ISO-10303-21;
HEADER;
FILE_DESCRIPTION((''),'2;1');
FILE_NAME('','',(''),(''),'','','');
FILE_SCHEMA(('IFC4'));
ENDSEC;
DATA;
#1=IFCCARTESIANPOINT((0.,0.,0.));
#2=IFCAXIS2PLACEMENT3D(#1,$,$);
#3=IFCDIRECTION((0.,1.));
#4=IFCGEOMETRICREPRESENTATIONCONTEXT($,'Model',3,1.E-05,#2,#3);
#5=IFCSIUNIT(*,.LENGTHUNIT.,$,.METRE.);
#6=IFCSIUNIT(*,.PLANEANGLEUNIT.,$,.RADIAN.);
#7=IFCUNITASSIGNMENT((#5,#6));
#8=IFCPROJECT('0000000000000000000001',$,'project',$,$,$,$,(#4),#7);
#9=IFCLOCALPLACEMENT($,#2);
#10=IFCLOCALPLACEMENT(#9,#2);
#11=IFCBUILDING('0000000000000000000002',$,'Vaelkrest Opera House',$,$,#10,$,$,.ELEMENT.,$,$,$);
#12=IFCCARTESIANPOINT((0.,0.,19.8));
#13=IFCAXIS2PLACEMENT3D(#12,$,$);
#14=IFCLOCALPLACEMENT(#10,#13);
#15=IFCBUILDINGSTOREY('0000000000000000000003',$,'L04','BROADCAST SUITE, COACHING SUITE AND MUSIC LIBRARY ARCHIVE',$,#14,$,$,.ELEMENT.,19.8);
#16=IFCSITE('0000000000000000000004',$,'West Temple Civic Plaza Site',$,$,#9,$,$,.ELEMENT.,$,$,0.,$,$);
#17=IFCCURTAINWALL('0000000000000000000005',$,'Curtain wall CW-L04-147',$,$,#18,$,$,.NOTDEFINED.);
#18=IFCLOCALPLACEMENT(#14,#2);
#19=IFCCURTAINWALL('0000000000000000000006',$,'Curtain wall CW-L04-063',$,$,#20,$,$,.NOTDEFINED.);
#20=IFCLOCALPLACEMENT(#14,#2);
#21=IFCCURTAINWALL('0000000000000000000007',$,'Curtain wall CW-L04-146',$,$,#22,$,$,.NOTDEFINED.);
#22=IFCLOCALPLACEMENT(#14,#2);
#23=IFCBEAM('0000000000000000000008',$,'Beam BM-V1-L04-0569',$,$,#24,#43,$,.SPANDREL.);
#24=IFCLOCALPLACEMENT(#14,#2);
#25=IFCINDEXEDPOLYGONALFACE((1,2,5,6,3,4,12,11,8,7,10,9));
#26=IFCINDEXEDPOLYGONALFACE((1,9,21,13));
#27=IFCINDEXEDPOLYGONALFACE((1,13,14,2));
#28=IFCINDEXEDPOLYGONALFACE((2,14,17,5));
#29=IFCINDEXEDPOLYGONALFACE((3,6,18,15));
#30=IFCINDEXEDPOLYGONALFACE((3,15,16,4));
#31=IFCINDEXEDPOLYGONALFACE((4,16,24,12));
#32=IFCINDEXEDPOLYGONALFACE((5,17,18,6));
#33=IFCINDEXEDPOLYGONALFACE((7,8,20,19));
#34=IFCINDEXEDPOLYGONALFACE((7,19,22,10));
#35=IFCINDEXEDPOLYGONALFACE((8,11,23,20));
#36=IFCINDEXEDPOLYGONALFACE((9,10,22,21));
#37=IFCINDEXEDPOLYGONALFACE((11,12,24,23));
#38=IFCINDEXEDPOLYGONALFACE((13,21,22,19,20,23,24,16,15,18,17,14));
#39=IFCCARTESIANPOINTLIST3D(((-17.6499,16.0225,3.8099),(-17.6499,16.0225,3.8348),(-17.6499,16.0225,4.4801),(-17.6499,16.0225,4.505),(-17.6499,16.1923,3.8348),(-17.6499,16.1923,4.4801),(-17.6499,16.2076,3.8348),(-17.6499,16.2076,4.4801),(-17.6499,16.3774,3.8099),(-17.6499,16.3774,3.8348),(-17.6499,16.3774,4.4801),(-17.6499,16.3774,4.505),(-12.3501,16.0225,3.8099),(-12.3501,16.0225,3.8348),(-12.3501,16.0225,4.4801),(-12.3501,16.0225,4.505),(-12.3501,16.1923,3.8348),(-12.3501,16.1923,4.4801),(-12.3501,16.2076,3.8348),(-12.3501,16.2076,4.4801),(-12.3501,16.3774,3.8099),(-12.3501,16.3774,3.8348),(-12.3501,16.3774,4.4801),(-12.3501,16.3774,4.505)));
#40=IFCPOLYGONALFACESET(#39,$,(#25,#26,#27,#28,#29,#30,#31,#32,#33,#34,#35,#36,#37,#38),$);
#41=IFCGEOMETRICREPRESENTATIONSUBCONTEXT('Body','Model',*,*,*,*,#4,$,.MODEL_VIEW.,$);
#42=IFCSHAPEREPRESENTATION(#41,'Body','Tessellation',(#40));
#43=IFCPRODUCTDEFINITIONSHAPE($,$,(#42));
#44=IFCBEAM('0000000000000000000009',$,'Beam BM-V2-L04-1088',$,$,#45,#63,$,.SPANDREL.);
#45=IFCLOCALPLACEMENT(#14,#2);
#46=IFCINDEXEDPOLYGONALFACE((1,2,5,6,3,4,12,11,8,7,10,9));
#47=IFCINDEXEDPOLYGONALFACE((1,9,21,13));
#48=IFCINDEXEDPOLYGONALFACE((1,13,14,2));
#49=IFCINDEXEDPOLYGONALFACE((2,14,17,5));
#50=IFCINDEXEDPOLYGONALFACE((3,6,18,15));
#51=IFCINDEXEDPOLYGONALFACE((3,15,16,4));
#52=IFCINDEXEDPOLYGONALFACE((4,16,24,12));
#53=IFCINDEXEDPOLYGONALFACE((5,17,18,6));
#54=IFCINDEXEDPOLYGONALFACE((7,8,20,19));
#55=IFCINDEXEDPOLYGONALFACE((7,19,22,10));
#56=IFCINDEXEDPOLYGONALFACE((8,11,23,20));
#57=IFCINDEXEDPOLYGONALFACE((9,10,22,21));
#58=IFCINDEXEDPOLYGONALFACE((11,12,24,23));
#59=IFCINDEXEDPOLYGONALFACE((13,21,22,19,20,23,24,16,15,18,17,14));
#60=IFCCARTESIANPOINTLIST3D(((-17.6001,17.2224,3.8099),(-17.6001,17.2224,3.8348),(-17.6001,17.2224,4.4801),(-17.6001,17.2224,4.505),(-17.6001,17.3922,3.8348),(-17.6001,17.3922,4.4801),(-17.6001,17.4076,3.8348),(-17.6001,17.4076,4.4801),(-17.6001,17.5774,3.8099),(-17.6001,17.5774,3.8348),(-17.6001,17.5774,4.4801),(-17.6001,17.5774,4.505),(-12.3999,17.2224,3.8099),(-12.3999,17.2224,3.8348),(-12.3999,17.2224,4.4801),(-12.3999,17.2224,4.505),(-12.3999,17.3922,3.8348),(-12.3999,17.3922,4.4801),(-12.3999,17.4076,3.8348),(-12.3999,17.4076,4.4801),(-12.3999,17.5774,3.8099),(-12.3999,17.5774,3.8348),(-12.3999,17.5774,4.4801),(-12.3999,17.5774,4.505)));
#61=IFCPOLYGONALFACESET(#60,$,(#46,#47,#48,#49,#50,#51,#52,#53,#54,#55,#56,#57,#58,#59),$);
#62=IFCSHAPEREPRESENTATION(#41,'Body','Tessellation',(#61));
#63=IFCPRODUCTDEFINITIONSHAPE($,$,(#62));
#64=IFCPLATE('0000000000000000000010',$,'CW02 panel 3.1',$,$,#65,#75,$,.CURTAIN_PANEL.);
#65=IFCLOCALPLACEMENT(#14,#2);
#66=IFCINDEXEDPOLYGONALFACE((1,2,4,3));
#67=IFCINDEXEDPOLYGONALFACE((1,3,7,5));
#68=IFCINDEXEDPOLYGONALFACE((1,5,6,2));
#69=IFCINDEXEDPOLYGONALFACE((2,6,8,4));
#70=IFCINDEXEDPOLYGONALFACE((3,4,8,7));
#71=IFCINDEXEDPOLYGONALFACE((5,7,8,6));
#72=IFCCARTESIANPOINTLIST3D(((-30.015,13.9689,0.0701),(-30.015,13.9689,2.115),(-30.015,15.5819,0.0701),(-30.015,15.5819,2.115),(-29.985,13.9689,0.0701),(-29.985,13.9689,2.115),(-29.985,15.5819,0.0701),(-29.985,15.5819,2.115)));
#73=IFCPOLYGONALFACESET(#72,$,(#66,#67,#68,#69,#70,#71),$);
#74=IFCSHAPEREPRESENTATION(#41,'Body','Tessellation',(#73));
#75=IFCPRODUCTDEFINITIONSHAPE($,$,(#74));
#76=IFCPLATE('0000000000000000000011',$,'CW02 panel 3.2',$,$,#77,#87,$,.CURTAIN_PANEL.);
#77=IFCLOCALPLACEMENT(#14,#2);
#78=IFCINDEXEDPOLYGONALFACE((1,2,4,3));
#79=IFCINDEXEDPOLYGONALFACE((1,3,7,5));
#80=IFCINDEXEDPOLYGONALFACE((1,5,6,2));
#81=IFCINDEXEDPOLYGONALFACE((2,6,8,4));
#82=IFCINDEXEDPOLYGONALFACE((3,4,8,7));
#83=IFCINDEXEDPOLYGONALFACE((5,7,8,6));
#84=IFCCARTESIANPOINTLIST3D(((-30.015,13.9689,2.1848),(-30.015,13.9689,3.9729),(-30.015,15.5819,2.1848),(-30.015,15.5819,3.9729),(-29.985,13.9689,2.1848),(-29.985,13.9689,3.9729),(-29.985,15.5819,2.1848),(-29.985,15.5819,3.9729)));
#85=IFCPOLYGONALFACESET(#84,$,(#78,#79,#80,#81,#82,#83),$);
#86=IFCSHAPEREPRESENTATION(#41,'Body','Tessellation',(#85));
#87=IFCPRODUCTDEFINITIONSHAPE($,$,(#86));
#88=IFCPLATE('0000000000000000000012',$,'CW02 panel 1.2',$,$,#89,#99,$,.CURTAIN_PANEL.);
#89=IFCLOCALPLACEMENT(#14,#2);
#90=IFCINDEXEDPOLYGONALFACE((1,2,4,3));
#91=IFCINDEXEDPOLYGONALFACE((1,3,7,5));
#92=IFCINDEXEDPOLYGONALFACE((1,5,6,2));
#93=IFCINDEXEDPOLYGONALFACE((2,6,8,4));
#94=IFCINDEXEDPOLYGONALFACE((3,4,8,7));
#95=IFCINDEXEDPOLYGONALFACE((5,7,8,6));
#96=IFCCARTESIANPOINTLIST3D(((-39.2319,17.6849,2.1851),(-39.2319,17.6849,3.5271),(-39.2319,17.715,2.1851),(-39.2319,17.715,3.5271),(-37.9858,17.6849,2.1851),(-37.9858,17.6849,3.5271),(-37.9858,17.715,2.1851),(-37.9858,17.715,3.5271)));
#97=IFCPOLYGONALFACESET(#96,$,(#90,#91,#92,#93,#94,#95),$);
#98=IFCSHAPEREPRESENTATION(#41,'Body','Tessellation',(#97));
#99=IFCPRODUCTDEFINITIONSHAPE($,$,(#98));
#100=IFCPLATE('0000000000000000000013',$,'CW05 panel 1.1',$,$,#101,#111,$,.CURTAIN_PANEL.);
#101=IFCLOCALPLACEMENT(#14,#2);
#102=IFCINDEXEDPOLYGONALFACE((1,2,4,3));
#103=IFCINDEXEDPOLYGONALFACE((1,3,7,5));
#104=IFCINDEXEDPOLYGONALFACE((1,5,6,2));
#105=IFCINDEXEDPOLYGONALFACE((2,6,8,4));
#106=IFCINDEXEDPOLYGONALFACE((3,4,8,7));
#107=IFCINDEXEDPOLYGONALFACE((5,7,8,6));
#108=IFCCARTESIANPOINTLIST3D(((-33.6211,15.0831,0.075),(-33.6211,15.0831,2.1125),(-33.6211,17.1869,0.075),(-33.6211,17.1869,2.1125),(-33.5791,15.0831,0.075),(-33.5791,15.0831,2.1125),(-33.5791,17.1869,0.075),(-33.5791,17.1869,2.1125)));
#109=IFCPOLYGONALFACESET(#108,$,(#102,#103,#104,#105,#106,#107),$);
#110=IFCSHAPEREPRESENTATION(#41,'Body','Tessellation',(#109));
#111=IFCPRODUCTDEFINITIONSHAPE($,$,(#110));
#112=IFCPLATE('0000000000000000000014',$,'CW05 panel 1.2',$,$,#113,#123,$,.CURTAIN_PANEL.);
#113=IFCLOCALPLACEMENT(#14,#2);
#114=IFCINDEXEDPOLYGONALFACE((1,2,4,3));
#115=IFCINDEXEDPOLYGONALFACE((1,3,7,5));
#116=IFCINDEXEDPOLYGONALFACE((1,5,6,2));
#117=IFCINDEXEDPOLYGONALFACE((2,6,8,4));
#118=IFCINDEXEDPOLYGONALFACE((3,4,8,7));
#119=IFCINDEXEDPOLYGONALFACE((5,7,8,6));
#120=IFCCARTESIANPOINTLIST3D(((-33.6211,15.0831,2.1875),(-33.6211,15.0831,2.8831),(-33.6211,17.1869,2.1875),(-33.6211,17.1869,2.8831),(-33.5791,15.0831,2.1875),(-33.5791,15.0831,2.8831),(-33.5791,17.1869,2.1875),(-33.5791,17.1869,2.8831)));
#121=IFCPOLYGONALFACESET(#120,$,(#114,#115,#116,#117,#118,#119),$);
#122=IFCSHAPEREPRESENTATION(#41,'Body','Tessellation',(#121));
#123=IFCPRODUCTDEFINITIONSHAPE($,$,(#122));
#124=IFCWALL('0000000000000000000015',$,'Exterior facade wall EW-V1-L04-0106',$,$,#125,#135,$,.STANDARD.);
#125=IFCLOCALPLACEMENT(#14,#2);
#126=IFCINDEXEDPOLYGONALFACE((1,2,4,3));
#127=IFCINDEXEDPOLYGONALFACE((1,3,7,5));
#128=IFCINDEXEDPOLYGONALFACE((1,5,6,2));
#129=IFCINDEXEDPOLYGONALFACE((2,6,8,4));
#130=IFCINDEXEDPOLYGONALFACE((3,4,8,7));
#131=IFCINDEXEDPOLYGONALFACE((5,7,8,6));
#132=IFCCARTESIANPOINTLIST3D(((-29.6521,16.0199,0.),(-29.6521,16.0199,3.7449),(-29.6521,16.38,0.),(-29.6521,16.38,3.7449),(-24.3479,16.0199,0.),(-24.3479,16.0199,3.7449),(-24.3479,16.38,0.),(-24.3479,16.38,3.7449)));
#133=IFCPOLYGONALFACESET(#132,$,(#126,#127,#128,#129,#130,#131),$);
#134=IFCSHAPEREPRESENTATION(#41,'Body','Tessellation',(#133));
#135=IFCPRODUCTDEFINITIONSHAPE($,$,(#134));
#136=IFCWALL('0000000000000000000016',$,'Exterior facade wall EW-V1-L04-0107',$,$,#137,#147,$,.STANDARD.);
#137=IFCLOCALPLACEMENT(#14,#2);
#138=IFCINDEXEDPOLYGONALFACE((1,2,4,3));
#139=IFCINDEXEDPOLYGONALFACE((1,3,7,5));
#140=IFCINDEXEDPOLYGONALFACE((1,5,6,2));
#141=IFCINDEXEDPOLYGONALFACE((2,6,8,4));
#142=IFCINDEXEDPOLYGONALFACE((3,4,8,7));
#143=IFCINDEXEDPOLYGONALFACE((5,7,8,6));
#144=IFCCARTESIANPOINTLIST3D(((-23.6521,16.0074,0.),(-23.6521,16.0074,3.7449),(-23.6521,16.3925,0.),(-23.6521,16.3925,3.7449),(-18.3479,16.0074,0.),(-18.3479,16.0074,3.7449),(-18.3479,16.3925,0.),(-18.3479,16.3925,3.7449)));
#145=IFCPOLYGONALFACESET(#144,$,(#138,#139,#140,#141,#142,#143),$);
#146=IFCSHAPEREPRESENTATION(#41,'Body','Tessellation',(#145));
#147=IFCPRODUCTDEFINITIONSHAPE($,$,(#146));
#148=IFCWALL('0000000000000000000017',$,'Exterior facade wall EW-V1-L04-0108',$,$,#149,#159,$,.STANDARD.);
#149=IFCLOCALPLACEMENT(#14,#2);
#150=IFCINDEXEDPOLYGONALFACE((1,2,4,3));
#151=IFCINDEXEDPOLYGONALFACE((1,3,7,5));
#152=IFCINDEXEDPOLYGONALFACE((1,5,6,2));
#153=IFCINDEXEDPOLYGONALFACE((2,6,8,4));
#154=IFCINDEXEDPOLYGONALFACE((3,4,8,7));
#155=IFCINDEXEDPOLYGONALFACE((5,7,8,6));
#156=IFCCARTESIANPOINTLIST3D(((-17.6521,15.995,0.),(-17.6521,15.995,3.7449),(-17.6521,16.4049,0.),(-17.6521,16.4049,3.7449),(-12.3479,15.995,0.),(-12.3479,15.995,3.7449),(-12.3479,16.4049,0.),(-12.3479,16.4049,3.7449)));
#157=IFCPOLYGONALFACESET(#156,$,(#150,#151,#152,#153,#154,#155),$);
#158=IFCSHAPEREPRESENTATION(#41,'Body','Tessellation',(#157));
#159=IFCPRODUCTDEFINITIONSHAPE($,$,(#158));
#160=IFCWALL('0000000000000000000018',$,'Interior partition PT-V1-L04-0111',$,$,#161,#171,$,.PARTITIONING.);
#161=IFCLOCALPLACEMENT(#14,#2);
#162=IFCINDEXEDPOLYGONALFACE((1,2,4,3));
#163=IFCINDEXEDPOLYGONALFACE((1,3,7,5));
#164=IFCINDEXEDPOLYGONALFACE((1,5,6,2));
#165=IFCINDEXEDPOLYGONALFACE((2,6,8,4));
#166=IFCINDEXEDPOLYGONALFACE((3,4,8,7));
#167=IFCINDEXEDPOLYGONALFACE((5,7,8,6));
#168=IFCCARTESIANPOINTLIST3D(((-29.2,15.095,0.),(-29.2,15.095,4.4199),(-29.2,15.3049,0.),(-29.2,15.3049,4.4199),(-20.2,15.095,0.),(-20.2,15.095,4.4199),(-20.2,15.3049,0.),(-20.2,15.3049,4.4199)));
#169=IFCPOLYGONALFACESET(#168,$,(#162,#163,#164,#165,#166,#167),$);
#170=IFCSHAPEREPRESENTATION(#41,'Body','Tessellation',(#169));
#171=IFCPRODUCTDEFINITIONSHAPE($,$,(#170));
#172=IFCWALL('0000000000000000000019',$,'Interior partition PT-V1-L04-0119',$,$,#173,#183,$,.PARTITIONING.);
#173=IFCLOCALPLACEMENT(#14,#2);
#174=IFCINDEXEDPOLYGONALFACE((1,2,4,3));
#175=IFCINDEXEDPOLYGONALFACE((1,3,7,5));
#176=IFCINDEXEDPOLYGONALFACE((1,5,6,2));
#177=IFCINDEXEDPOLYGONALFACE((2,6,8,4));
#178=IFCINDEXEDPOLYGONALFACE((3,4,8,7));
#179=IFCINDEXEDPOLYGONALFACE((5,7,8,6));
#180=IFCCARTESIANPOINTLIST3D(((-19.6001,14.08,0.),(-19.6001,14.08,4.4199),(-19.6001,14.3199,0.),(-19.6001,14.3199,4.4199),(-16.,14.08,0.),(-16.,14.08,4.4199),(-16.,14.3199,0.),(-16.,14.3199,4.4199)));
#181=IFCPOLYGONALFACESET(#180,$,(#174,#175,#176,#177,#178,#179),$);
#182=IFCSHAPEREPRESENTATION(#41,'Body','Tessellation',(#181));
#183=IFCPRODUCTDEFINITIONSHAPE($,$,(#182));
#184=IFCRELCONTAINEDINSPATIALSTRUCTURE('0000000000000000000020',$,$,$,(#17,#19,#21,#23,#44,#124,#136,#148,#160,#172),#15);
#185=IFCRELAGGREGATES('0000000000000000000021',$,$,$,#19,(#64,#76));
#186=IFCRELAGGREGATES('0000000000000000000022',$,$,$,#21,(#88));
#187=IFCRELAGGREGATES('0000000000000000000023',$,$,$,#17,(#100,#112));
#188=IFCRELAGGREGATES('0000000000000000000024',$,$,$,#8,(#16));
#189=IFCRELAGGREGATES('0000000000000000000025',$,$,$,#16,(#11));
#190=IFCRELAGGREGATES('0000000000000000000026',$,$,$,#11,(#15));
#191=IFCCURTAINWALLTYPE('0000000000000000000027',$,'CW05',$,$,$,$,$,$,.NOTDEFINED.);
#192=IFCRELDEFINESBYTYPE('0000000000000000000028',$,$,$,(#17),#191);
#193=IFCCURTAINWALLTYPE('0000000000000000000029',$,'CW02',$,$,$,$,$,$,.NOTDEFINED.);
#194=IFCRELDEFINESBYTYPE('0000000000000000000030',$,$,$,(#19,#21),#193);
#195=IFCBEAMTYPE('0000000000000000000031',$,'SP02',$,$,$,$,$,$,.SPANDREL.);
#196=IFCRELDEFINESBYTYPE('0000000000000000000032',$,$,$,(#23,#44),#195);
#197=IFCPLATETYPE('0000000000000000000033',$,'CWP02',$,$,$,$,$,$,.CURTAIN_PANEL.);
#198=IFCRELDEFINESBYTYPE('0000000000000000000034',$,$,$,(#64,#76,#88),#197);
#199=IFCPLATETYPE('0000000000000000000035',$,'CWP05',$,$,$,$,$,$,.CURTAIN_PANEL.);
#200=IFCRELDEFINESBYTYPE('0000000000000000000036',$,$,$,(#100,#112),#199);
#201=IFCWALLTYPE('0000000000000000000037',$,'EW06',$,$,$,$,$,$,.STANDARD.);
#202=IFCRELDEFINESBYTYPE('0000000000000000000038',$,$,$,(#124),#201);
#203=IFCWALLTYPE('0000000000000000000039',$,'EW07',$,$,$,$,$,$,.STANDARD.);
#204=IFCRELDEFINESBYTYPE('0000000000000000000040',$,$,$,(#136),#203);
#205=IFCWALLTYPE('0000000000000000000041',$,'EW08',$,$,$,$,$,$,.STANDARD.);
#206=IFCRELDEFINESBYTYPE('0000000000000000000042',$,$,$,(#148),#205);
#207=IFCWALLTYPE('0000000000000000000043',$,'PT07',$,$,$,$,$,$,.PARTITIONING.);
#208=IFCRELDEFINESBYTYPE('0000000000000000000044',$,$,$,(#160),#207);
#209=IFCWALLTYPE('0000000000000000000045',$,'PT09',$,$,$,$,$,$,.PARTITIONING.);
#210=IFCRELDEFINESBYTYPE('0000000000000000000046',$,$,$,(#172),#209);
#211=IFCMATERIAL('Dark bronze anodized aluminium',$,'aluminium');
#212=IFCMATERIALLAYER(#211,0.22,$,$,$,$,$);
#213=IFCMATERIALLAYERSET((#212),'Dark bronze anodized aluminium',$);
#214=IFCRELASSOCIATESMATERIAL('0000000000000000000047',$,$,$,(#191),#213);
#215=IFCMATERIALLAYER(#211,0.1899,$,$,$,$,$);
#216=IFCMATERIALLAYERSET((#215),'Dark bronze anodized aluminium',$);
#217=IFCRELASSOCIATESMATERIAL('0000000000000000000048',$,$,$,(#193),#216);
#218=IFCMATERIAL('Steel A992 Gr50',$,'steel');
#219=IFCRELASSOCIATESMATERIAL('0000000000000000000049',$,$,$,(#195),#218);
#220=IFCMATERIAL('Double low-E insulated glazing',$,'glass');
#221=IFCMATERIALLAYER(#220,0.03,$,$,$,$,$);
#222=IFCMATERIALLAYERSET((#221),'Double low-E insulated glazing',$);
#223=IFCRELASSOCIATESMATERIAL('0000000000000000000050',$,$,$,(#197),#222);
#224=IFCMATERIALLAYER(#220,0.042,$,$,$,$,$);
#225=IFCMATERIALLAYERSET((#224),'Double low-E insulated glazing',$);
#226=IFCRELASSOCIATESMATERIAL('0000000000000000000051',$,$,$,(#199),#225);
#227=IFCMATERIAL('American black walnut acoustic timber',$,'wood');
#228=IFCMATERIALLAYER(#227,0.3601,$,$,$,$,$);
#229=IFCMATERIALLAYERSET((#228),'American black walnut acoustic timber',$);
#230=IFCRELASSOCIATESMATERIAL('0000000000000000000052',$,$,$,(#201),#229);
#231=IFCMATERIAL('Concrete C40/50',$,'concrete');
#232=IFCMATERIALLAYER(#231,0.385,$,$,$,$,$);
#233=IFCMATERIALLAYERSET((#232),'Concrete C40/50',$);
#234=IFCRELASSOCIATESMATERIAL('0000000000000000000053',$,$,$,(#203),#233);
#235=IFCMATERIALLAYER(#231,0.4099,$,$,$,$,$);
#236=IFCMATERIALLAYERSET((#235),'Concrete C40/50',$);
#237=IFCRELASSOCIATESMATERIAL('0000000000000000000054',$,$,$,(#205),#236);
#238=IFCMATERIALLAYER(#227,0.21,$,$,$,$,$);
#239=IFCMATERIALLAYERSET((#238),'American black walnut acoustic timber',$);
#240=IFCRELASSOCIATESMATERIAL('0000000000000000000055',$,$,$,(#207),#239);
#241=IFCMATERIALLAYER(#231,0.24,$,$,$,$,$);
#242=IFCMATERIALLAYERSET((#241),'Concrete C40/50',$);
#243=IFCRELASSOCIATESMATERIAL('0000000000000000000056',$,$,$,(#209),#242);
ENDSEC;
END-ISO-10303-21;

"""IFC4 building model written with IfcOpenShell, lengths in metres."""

from ifc_helpers import new_model, si_unit, direction, frame, frame_2d, origin, origin_2d, place, context, subcontext, project, spatial, rectangle, i_section, extrude, material, layer, layer_set, material_profile, profile_set, type_object, element, aggregate, save


model = new_model("IFC4")

# Units and contexts
model_context = context("Model", 3, precision=1e-05, world=origin(), true_north=direction((0.0, 1.0)))
body_context = subcontext(model_context, "Body", "Model", "MODEL_VIEW")
ifc_project = project(units=[si_unit("LENGTHUNIT", "METRE"), si_unit("PLANEANGLEUNIT", "RADIAN")], contexts=[model_context])

# Site, building, storey
site_placement = place(None, origin())
site = spatial("IfcSite", under=ifc_project, at=site_placement, Name="West Temple Civic Plaza Site", CompositionType="ELEMENT", RefElevation=0.0)
building_placement = place(site_placement, origin())
building = spatial("IfcBuilding", under=site, at=building_placement, Name="Vaelkrest Opera House", CompositionType="ELEMENT")
storey_placement = place(building_placement, frame((0.0, 0.0, 19.8)))
storey = spatial("IfcBuildingStorey", under=building, at=storey_placement, Name="L04", Description="BROADCAST SUITE, COACHING SUITE AND MUSIC LIBRARY ARCHIVE", CompositionType="ELEMENT", Elevation=19.8)

# Curtain wall
ifc_material_1 = material(Name="Dark bronze anodized aluminium", Category="aluminium")
ifc_layer_1 = layer(ifc_material_1, 0.22)
ifc_layer_set_1 = layer_set([ifc_layer_1], Name="Dark bronze anodized aluminium")
curtain_wall_type_1 = type_object("IfcCurtainWallType", Name="CW05", PredefinedType="NOTDEFINED", material=ifc_layer_set_1)
curtain_wall_1_placement = place(storey_placement, origin())
curtain_wall_1 = element("IfcCurtainWall", 1, at=curtain_wall_1_placement, inside=storey, type_object=curtain_wall_type_1, Name="Curtain wall CW-L04-147", PredefinedType="NOTDEFINED")

# Curtain walls
ifc_layer_2 = layer(ifc_material_1, 0.1899)
ifc_layer_set_2 = layer_set([ifc_layer_2], Name="Dark bronze anodized aluminium")
curtain_wall_type_2 = type_object("IfcCurtainWallType", Name="CW02", PredefinedType="NOTDEFINED", material=ifc_layer_set_2)
curtain_wall_2_placement = place(storey_placement, origin())
curtain_wall_2 = element("IfcCurtainWall", 2, at=curtain_wall_2_placement, inside=storey, type_object=curtain_wall_type_2, Name="Curtain wall CW-L04-063", PredefinedType="NOTDEFINED")
curtain_wall_3_placement = place(storey_placement, origin())
curtain_wall_3 = element("IfcCurtainWall", 3, at=curtain_wall_3_placement, inside=storey, type_object=curtain_wall_type_2, Name="Curtain wall CW-L04-146", PredefinedType="NOTDEFINED")

# Beams
ifc_material_2 = material(Name="Steel A992 Gr50", Category="steel")
ifc_material_profile_1 = material_profile(ifc_material_2, i_section(OverallWidth=0.355, OverallDepth=0.6951, WebThickness=0.0154, FlangeThickness=0.0249, at=origin_2d()), Name="W27X146")
ifc_profile_set_1 = profile_set([ifc_material_profile_1], Name="Steel A992 Gr50")
beam_type = type_object("IfcBeamType", Name="SP02", PredefinedType="SPANDREL", material=ifc_profile_set_1)
for number, where, z_axis, x_axis, name in (
    (4, (-17.6499, 16.2, 4.1575), (1.0, 0.0, 0.0), (0.0, 1.0, 0.0), "Beam BM-V1-L04-0569"),
):
    element("IfcBeam", number, at=place(storey_placement, frame(where, z_axis=z_axis, x_axis=x_axis)), inside=storey, type_object=beam_type, Name=name, PredefinedType="SPANDREL", context=body_context, shape_type="SweptSolid", body=[
        extrude(i_section(OverallWidth=0.355, OverallDepth=0.6951, WebThickness=0.0154, FlangeThickness=0.0249, at=origin_2d()), origin(), (0.0, 0.0, 1.0), 5.2998),
    ])
beam_placement = place(storey_placement, frame((-17.6001, 17.3999, 4.1575), z_axis=(1.0, 0.0, 0.0), x_axis=(0.0, 1.0, 0.0)))
element("IfcBeam", 5, at=beam_placement, inside=storey, type_object=beam_type, Name="Beam BM-V2-L04-1088", PredefinedType="SPANDREL", context=body_context, shape_type="SweptSolid", body=[
    extrude(i_section(OverallWidth=0.355, OverallDepth=0.6951, WebThickness=0.0154, FlangeThickness=0.0249, at=origin_2d()), origin(), (0.0, 0.0, 1.0), 5.2002),
])

# Plates
ifc_material_3 = material(Name="Double low-E insulated glazing", Category="glass")
ifc_layer_3 = layer(ifc_material_3, 0.03)
ifc_layer_set_3 = layer_set([ifc_layer_3], Name="Double low-E insulated glazing")
plate_type_1 = type_object("IfcPlateType", Name="CWP02", PredefinedType="CURTAIN_PANEL", material=ifc_layer_set_3)
plate_1_placement = place(storey_placement, frame((-30.0, 14.7754, 0.0701), z_axis=(0.0, 0.0, 1.0), x_axis=(0.0, 1.0, 0.0)))
plate_1 = element("IfcPlate", 6, at=plate_1_placement, type_object=plate_type_1, Name="CW02 panel 3.1", PredefinedType="CURTAIN_PANEL", context=body_context, shape_type="SweptSolid", body=[
    extrude(rectangle(XDim=1.613, YDim=0.03, at=origin_2d()), origin(), (0.0, 0.0, 1.0), 2.0449),
])
plate_2_placement = place(storey_placement, frame((-30.0, 14.7754, 2.1848), z_axis=(0.0, 0.0, 1.0), x_axis=(0.0, 1.0, 0.0)))
plate_2 = element("IfcPlate", 7, at=plate_2_placement, type_object=plate_type_1, Name="CW02 panel 3.2", PredefinedType="CURTAIN_PANEL", context=body_context, shape_type="SweptSolid", body=[
    extrude(rectangle(XDim=1.613, YDim=0.03, at=origin_2d()), origin(), (0.0, 0.0, 1.0), 1.7881),
])
aggregate(curtain_wall_2, [plate_1, plate_2])
plate_3_placement = place(storey_placement, frame((-38.6089, 17.7, 2.1851), z_axis=(0.0, 0.0, 1.0), x_axis=(1.0, 0.0, 0.0)))
plate_3 = element("IfcPlate", 8, at=plate_3_placement, type_object=plate_type_1, Name="CW02 panel 1.2", PredefinedType="CURTAIN_PANEL", context=body_context, shape_type="SweptSolid", body=[
    extrude(rectangle(XDim=1.2461, YDim=0.03, at=origin_2d()), origin(), (0.0, 0.0, 1.0), 1.342),
])
aggregate(curtain_wall_3, [plate_3])
ifc_layer_4 = layer(ifc_material_3, 0.042)
ifc_layer_set_4 = layer_set([ifc_layer_4], Name="Double low-E insulated glazing")
plate_type_2 = type_object("IfcPlateType", Name="CWP05", PredefinedType="CURTAIN_PANEL", material=ifc_layer_set_4)
plate_4_placement = place(storey_placement, frame((-33.6001, 16.135, 0.075), z_axis=(0.0, 0.0, 1.0), x_axis=(0.0, -1.0, 0.0)))
plate_4 = element("IfcPlate", 9, at=plate_4_placement, type_object=plate_type_2, Name="CW05 panel 1.1", PredefinedType="CURTAIN_PANEL", context=body_context, shape_type="SweptSolid", body=[
    extrude(rectangle(XDim=2.1038, YDim=0.042, at=origin_2d()), origin(), (0.0, 0.0, 1.0), 2.0376),
])
plate_5_placement = place(storey_placement, frame((-33.6001, 16.135, 2.1875), z_axis=(0.0, 0.0, 1.0), x_axis=(0.0, -1.0, 0.0)))
plate_5 = element("IfcPlate", 10, at=plate_5_placement, type_object=plate_type_2, Name="CW05 panel 1.2", PredefinedType="CURTAIN_PANEL", context=body_context, shape_type="SweptSolid", body=[
    extrude(rectangle(XDim=2.1038, YDim=0.042, at=origin_2d()), origin(), (0.0, 0.0, 1.0), 0.6956),
])
aggregate(curtain_wall_1, [plate_4, plate_5])

# Walls
ifc_material_4 = material(Name="American black walnut acoustic timber", Category="wood")
ifc_layer_5 = layer(ifc_material_4, 0.3601)
ifc_layer_set_5 = layer_set([ifc_layer_5], Name="American black walnut acoustic timber")
wall_type_1 = type_object("IfcWallType", Name="EW06", PredefinedType="STANDARD", material=ifc_layer_set_5)
wall_1_placement = place(storey_placement, frame((-29.6521, 16.2, 0.0), z_axis=(0.0, 0.0, 1.0), x_axis=(1.0, 0.0, 0.0)))
element("IfcWall", 11, at=wall_1_placement, inside=storey, type_object=wall_type_1, Name="Exterior facade wall EW-V1-L04-0106", PredefinedType="STANDARD", context=body_context, shape_type="SweptSolid", body=[
    extrude(rectangle(XDim=5.3042, YDim=0.3601, at=frame_2d((2.6521, 0.0))), origin(), (0.0, 0.0, 1.0), 3.7449),
])
ifc_material_5 = material(Name="Concrete C40/50", Category="concrete")
ifc_layer_6 = layer(ifc_material_5, 0.385)
ifc_layer_set_6 = layer_set([ifc_layer_6], Name="Concrete C40/50")
wall_type_2 = type_object("IfcWallType", Name="EW07", PredefinedType="STANDARD", material=ifc_layer_set_6)
wall_2_placement = place(storey_placement, frame((-23.6521, 16.2, 0.0), z_axis=(0.0, 0.0, 1.0), x_axis=(1.0, 0.0, 0.0)))
element("IfcWall", 12, at=wall_2_placement, inside=storey, type_object=wall_type_2, Name="Exterior facade wall EW-V1-L04-0107", PredefinedType="STANDARD", context=body_context, shape_type="SweptSolid", body=[
    extrude(rectangle(XDim=5.3042, YDim=0.385, at=frame_2d((2.6521, 0.0))), origin(), (0.0, 0.0, 1.0), 3.7449),
])
ifc_layer_7 = layer(ifc_material_5, 0.4099)
ifc_layer_set_7 = layer_set([ifc_layer_7], Name="Concrete C40/50")
wall_type_3 = type_object("IfcWallType", Name="EW08", PredefinedType="STANDARD", material=ifc_layer_set_7)
wall_3_placement = place(storey_placement, frame((-17.6521, 16.2, 0.0), z_axis=(0.0, 0.0, 1.0), x_axis=(1.0, 0.0, 0.0)))
element("IfcWall", 13, at=wall_3_placement, inside=storey, type_object=wall_type_3, Name="Exterior facade wall EW-V1-L04-0108", PredefinedType="STANDARD", context=body_context, shape_type="SweptSolid", body=[
    extrude(rectangle(XDim=5.3042, YDim=0.4099, at=frame_2d((2.6521, 0.0))), origin(), (0.0, 0.0, 1.0), 3.7449),
])
ifc_layer_8 = layer(ifc_material_4, 0.21)
ifc_layer_set_8 = layer_set([ifc_layer_8], Name="American black walnut acoustic timber")
wall_type_4 = type_object("IfcWallType", Name="PT07", PredefinedType="PARTITIONING", material=ifc_layer_set_8)
wall_4_placement = place(storey_placement, frame((-29.2, 15.2, 0.0), z_axis=(0.0, 0.0, 1.0), x_axis=(1.0, 0.0, 0.0)))
element("IfcWall", 14, at=wall_4_placement, inside=storey, type_object=wall_type_4, Name="Interior partition PT-V1-L04-0111", PredefinedType="PARTITIONING", context=body_context, shape_type="SweptSolid", body=[
    extrude(rectangle(XDim=9.0, YDim=0.21, at=frame_2d((4.5, 0.0))), origin(), (0.0, 0.0, 1.0), 4.4199),
])
ifc_layer_9 = layer(ifc_material_5, 0.24)
ifc_layer_set_9 = layer_set([ifc_layer_9], Name="Concrete C40/50")
wall_type_5 = type_object("IfcWallType", Name="PT09", PredefinedType="PARTITIONING", material=ifc_layer_set_9)
wall_5_placement = place(storey_placement, frame((-19.6001, 14.2, 0.0), z_axis=(0.0, 0.0, 1.0), x_axis=(1.0, 0.0, 0.0)))
element("IfcWall", 15, at=wall_5_placement, inside=storey, type_object=wall_type_5, Name="Interior partition PT-V1-L04-0119", PredefinedType="PARTITIONING", context=body_context, shape_type="SweptSolid", body=[
    extrude(rectangle(XDim=3.6001, YDim=0.24, at=frame_2d((1.8, 0.0))), origin(), (0.0, 0.0, 1.0), 4.4199),
])

save(model, "model.ifc")
